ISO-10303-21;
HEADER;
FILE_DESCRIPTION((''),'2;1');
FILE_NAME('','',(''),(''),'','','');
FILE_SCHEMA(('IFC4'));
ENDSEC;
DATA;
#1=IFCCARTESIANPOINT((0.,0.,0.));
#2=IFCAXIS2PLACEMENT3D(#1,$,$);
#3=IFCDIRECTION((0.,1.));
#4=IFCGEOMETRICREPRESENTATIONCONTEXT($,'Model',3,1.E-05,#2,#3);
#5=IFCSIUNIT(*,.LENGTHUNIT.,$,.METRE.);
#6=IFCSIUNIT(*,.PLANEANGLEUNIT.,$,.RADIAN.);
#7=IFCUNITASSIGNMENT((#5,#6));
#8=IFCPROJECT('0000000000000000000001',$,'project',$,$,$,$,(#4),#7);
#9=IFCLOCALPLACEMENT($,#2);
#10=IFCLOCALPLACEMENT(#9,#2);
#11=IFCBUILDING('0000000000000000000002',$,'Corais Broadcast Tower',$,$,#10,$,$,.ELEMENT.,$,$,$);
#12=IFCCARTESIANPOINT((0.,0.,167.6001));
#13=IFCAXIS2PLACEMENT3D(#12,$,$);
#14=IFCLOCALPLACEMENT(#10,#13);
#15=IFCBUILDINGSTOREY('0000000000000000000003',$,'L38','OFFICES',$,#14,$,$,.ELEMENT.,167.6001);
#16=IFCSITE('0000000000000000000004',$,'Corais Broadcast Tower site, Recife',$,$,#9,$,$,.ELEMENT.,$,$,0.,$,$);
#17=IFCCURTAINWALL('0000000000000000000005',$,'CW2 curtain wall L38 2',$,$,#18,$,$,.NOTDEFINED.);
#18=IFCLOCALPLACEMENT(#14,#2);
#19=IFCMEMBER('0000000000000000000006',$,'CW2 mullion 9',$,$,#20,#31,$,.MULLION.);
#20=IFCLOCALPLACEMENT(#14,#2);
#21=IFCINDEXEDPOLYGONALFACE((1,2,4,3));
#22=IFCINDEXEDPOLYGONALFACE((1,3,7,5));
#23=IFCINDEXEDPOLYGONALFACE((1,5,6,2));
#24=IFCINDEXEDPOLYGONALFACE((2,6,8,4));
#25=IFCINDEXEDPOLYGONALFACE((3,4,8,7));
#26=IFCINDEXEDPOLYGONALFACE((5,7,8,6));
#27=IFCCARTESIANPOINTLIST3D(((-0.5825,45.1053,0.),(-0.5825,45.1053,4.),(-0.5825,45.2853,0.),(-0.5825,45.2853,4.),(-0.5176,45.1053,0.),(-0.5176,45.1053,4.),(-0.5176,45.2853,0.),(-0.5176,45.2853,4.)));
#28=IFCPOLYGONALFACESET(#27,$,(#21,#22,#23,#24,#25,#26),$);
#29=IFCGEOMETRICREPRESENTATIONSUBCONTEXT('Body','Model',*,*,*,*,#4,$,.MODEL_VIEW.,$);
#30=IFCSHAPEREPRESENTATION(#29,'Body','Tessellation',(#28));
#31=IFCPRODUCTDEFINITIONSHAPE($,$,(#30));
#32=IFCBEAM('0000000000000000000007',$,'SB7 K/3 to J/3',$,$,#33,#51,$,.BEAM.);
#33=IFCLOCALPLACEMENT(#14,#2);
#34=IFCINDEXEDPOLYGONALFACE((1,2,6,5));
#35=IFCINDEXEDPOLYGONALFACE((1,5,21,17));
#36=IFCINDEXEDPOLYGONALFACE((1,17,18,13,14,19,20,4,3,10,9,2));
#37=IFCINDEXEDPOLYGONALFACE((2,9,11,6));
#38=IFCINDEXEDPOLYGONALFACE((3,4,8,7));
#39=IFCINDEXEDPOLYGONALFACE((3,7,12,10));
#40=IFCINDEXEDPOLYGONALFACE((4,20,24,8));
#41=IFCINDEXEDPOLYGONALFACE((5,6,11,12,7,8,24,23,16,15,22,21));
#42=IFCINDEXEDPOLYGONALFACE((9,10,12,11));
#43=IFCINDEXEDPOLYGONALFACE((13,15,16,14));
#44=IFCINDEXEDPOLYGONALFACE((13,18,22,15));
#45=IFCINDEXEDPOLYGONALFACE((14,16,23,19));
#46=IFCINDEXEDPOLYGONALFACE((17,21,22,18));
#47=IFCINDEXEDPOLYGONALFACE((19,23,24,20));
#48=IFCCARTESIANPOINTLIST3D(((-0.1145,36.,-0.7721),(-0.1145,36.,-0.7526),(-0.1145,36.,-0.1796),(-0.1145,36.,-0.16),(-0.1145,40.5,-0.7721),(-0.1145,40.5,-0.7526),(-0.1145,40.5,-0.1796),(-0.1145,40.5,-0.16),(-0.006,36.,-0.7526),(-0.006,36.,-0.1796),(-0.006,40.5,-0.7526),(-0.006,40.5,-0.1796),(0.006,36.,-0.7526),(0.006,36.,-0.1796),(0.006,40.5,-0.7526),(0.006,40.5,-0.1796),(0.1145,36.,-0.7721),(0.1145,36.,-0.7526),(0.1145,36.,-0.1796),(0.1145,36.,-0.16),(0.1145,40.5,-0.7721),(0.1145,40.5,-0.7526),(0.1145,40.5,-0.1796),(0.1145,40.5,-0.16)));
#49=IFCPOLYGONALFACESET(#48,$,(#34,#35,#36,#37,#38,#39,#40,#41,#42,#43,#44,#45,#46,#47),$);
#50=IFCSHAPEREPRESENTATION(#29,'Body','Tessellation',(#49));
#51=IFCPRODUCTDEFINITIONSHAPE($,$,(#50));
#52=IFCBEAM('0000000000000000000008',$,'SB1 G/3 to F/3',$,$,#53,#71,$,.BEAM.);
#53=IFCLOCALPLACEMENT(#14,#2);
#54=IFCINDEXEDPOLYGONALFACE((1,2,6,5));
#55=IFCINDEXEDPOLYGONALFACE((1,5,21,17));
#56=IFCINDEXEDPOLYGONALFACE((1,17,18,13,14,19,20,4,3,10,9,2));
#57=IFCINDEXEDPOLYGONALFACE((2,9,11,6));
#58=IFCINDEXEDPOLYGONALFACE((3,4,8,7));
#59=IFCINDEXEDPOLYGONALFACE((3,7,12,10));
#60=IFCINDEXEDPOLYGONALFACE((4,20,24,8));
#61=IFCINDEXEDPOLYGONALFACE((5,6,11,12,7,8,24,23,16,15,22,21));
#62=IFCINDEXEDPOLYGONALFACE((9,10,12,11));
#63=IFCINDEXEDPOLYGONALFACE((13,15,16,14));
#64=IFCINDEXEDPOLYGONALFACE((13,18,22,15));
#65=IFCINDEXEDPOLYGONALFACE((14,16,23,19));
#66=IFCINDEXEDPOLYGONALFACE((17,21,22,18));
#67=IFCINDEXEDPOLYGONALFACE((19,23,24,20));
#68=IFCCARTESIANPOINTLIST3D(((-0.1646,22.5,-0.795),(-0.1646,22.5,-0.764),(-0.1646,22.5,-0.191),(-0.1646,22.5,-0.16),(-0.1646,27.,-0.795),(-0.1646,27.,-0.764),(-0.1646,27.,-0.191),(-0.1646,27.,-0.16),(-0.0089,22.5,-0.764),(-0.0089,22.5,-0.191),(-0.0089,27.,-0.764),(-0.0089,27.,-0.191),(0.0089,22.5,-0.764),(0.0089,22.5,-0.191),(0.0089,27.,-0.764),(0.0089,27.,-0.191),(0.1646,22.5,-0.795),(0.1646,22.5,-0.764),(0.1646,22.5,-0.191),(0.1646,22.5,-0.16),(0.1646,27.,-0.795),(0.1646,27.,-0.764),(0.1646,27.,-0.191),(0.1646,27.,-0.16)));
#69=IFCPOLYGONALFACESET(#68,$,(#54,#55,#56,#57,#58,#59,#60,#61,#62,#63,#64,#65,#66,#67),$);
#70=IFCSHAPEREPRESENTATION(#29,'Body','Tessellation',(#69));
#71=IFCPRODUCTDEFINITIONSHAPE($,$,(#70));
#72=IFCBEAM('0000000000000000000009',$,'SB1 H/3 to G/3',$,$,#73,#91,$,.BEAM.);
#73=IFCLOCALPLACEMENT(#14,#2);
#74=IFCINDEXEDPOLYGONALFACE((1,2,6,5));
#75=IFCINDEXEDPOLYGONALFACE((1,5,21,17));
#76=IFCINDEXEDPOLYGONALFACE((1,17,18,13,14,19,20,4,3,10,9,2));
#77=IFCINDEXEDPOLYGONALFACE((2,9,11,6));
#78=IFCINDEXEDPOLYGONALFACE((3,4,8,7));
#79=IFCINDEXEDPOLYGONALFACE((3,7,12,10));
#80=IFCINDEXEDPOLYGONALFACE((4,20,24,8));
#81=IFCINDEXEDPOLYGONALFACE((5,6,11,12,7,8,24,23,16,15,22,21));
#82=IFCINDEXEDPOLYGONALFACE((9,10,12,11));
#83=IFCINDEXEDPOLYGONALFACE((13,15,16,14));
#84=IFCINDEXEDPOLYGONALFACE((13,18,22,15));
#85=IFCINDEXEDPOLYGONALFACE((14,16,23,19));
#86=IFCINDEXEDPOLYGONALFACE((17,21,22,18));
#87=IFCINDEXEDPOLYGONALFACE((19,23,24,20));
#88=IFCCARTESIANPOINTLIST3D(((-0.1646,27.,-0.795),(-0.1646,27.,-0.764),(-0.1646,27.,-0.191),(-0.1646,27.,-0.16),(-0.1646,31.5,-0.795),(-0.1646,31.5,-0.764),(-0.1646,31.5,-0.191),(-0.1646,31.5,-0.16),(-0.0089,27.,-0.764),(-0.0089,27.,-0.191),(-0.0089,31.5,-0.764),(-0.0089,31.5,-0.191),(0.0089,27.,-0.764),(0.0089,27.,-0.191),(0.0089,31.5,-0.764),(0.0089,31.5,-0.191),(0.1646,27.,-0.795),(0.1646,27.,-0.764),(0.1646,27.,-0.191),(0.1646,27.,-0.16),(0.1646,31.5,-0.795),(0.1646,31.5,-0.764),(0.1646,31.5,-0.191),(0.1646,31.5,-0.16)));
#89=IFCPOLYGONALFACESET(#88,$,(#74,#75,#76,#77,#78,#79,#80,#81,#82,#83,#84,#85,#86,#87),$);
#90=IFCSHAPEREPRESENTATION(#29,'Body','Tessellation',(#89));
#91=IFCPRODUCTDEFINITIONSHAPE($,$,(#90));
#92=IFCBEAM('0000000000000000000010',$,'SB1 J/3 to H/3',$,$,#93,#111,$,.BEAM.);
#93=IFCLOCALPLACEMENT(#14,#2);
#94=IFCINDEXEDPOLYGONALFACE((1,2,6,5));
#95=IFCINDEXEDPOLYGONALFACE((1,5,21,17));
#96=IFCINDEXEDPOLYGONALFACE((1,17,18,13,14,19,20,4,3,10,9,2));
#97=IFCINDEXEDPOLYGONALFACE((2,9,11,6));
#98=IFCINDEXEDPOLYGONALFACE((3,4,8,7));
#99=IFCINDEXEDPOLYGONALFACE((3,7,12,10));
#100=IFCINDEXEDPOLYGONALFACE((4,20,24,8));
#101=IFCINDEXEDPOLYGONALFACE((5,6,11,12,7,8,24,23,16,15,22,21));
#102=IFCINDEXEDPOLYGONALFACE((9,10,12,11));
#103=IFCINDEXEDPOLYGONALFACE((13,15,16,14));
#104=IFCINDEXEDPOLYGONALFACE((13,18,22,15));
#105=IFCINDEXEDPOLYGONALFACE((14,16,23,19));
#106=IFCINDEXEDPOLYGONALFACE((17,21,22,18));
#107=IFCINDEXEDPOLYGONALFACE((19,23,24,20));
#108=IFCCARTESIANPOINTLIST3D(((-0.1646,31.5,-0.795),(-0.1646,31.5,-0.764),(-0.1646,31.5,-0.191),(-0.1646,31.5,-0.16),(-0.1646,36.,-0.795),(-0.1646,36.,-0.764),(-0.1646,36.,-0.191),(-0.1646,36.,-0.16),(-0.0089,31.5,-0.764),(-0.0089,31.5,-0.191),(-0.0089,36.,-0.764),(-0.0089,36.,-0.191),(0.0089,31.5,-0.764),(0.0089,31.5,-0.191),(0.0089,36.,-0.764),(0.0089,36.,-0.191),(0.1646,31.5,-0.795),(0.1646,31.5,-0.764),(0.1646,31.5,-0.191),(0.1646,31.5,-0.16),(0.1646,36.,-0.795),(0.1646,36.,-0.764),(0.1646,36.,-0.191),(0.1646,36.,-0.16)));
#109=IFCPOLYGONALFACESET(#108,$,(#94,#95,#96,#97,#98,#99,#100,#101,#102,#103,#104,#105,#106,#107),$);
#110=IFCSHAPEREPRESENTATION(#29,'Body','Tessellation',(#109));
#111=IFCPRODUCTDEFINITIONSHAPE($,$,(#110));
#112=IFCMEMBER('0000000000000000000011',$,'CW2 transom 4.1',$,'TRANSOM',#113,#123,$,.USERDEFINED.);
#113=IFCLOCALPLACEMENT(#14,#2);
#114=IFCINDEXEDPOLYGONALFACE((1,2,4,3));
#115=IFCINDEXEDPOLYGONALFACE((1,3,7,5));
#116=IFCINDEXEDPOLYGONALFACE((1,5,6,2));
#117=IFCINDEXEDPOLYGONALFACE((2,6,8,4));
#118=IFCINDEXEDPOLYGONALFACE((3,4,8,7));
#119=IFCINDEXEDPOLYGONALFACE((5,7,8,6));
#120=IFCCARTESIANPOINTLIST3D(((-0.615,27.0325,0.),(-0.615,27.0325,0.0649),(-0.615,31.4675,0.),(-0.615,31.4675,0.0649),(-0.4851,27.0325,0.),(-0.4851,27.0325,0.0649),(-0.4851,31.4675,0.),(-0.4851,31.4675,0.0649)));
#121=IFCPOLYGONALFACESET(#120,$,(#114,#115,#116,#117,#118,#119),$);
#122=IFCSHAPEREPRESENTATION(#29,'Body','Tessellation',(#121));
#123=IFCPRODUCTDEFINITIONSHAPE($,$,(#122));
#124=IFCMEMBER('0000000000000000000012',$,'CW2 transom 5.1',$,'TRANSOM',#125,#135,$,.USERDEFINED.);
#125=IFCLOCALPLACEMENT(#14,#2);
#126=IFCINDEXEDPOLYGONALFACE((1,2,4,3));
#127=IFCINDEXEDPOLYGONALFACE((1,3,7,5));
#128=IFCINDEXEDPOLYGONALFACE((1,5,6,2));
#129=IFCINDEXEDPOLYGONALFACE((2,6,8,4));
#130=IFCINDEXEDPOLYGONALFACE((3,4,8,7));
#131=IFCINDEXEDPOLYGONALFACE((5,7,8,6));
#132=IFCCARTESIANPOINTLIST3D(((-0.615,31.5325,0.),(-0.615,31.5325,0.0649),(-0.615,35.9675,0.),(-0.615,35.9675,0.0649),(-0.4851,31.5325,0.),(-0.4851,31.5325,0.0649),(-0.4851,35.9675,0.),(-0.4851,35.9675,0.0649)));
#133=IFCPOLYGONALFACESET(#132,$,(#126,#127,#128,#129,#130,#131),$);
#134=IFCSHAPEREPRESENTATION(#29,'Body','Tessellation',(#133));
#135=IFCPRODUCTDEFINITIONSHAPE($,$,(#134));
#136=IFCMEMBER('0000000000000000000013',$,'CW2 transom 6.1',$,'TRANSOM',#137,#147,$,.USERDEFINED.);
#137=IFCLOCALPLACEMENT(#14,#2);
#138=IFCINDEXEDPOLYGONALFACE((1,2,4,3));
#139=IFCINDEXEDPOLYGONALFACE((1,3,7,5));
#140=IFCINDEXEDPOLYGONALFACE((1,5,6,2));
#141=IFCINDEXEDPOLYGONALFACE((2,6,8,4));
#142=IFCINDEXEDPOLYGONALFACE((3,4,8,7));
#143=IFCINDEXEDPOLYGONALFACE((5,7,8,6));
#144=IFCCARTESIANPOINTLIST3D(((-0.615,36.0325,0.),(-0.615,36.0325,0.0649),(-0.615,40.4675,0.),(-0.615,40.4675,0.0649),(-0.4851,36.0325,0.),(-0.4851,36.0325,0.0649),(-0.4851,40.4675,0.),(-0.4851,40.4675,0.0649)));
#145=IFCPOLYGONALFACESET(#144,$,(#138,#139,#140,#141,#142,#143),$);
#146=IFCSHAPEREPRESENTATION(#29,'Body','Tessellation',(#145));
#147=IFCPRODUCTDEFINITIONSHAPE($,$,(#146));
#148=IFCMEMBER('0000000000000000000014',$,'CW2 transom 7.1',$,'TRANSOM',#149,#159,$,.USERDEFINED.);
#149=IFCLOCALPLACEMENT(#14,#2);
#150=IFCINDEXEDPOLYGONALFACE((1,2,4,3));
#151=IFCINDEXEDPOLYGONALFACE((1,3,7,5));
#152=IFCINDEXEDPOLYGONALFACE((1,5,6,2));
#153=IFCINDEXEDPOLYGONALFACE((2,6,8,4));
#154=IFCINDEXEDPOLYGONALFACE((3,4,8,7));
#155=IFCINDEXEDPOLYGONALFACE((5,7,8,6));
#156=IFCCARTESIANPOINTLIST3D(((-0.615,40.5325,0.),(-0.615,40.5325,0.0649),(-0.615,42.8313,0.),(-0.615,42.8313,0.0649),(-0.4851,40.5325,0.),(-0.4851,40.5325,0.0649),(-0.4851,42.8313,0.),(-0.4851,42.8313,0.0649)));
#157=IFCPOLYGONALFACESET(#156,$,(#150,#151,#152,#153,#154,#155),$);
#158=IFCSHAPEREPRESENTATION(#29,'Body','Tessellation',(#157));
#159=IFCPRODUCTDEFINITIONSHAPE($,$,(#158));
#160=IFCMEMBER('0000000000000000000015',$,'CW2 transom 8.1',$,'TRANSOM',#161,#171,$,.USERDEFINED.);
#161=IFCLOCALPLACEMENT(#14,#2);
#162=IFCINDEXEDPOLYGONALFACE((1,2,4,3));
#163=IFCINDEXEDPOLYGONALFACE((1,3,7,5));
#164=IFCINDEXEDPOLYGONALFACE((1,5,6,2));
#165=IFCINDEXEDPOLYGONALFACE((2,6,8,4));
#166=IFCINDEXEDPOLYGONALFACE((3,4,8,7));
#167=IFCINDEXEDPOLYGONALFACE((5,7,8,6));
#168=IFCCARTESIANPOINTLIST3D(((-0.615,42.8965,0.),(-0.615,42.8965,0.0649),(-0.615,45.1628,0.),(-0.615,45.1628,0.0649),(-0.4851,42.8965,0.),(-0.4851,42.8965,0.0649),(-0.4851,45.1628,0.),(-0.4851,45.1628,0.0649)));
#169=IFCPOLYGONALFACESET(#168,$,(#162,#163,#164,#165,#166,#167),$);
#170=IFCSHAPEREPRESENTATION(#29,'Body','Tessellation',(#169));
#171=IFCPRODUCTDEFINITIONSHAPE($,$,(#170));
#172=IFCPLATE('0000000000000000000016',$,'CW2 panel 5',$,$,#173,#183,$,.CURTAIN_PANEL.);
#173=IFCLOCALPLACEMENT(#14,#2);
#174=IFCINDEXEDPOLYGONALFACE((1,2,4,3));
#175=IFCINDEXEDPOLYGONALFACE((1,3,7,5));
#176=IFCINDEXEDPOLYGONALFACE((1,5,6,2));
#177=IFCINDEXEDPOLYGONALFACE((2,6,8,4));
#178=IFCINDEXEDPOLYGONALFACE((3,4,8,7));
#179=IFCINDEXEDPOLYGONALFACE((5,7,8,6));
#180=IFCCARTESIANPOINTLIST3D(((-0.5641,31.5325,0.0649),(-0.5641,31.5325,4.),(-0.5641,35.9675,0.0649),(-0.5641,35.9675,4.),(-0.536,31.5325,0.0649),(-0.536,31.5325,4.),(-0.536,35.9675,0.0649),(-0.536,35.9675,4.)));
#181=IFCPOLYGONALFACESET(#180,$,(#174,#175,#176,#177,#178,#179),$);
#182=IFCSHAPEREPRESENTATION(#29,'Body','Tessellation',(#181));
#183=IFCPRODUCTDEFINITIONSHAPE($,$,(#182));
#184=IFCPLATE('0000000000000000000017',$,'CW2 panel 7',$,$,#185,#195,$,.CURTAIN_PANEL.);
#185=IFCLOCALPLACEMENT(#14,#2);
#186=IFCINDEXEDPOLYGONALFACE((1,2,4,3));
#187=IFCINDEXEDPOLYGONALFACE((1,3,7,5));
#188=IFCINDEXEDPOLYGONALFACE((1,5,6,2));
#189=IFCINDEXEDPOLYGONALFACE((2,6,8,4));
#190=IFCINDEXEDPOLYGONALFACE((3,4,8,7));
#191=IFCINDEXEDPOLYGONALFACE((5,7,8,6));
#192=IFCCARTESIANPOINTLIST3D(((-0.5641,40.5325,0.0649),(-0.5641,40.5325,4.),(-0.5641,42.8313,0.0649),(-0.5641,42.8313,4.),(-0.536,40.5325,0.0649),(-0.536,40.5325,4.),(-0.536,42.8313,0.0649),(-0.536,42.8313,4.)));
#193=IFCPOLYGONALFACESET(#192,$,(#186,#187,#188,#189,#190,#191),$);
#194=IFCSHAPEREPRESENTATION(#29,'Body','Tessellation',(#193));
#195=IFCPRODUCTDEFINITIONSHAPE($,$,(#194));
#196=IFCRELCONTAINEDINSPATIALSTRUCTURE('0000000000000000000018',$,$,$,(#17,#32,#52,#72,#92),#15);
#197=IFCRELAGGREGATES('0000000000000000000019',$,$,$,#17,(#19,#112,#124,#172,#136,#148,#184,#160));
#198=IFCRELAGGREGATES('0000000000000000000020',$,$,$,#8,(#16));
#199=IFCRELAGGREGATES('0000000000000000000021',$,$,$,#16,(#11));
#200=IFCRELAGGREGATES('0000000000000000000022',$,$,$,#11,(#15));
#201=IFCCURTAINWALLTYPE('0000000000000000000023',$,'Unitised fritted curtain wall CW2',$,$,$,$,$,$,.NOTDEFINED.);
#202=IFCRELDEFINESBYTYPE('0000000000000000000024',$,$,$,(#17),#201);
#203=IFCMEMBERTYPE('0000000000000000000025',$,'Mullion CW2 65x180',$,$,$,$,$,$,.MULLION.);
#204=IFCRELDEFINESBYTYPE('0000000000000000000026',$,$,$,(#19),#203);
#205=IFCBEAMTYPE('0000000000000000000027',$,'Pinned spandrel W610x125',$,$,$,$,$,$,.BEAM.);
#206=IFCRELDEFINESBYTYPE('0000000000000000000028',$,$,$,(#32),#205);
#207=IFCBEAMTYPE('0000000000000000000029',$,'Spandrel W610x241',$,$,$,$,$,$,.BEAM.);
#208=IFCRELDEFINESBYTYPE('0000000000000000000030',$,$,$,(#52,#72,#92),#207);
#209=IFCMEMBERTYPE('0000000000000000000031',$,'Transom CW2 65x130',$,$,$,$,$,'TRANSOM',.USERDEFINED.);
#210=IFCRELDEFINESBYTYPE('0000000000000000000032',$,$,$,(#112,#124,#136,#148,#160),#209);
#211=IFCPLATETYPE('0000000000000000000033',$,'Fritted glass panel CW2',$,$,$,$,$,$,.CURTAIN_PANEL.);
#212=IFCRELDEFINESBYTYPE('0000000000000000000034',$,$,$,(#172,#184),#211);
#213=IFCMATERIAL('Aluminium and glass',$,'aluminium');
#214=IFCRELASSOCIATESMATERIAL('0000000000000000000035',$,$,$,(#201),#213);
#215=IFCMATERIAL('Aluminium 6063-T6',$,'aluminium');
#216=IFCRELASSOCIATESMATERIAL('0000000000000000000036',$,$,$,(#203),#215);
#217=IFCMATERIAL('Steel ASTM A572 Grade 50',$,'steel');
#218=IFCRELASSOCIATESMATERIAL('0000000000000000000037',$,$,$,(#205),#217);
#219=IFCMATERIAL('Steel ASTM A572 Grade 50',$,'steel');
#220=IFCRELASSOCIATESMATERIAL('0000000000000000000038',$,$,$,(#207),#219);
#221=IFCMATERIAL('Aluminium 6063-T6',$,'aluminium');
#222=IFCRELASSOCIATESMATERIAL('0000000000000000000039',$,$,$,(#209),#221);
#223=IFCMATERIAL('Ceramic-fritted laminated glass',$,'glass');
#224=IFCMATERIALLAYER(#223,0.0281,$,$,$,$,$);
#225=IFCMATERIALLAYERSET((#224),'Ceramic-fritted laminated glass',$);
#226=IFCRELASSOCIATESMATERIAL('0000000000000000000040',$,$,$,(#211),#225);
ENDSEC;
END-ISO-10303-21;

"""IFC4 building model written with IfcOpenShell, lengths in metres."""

from ifc_helpers import new_model, si_unit, direction, frame, origin, origin_2d, place, context, subcontext, project, spatial, rectangle, i_section, extrude, material, layer, layer_set, material_profile, profile_set, type_object, element, aggregate, save


model = new_model("IFC4")

# Units and contexts
model_context = context("Model", 3, precision=1e-05, world=origin(), true_north=direction((0.0, 1.0)))
body_context = subcontext(model_context, "Body", "Model", "MODEL_VIEW")
ifc_project = project(units=[si_unit("LENGTHUNIT", "METRE"), si_unit("PLANEANGLEUNIT", "RADIAN")], contexts=[model_context])

# Site, building, storey
site_placement = place(None, origin())
site = spatial("IfcSite", under=ifc_project, at=site_placement, Name="Corais Broadcast Tower site, Recife", CompositionType="ELEMENT", RefElevation=0.0)
building_placement = place(site_placement, origin())
building = spatial("IfcBuilding", under=site, at=building_placement, Name="Corais Broadcast Tower", CompositionType="ELEMENT")
storey_placement = place(building_placement, frame((0.0, 0.0, 167.6001)))
storey = spatial("IfcBuildingStorey", under=building, at=storey_placement, Name="L38", Description="OFFICES", CompositionType="ELEMENT", Elevation=167.6001)

# Curtain wall, member
ifc_material_1 = material(Name="Aluminium and glass", Category="aluminium")
curtain_wall_type = type_object("IfcCurtainWallType", Name="Unitised fritted curtain wall CW2", PredefinedType="NOTDEFINED", material=ifc_material_1)
curtain_wall_placement = place(storey_placement, origin())
curtain_wall = element("IfcCurtainWall", 1, at=curtain_wall_placement, inside=storey, type_object=curtain_wall_type, Name="CW2 curtain wall L38 2", PredefinedType="NOTDEFINED")
ifc_material_2 = material(Name="Aluminium 6063-T6", Category="aluminium")
ifc_material_profile_1 = material_profile(ifc_material_2, rectangle(XDim=0.0649, YDim=0.1799, at=origin_2d()), Name="Mullion CW2 65x180")
ifc_profile_set_1 = profile_set([ifc_material_profile_1], Name="Aluminium 6063-T6")
member_type_1 = type_object("IfcMemberType", Name="Mullion CW2 65x180", PredefinedType="MULLION", material=ifc_profile_set_1)
member_1_placement = place(storey_placement, frame((-0.55, 45.1953, 0.0), z_axis=(0.0, 0.0, 1.0), x_axis=(-1.0, 0.0, 0.0)))
member_1 = element("IfcMember", 2, at=member_1_placement, type_object=member_type_1, Name="CW2 mullion 9", PredefinedType="MULLION", context=body_context, shape_type="SweptSolid", body=[
    extrude(rectangle(XDim=0.0649, YDim=0.1799, at=origin_2d()), origin(), (0.0, 0.0, 1.0), 4.0),
])

# Beams
ifc_material_3 = material(Name="Steel ASTM A572 Grade 50", Category="steel")
ifc_material_profile_2 = material_profile(ifc_material_3, i_section(OverallWidth=0.229, OverallDepth=0.6121, WebThickness=0.012, FlangeThickness=0.0195, at=origin_2d()), Name="W610x125")
ifc_profile_set_2 = profile_set([ifc_material_profile_2], Name="Steel ASTM A572 Grade 50")
beam_type_1 = type_object("IfcBeamType", Name="Pinned spandrel W610x125", PredefinedType="BEAM", material=ifc_profile_set_2)
beam_placement = place(storey_placement, frame((0.0, 40.5, -0.4661), z_axis=(0.0, -1.0, 0.0), x_axis=(1.0, 0.0, 0.0)))
element("IfcBeam", 3, at=beam_placement, inside=storey, type_object=beam_type_1, Name="SB7 K/3 to J/3", PredefinedType="BEAM", context=body_context, shape_type="SweptSolid", body=[
    extrude(i_section(OverallWidth=0.229, OverallDepth=0.6121, WebThickness=0.012, FlangeThickness=0.0195, at=origin_2d()), origin(), (0.0, 0.0, 1.0), 4.5),
])
ifc_material_4 = material(Name="Steel ASTM A572 Grade 50", Category="steel")
ifc_material_profile_3 = material_profile(ifc_material_4, i_section(OverallWidth=0.3291, OverallDepth=0.635, WebThickness=0.0178, FlangeThickness=0.031, at=origin_2d()), Name="W610x241")
ifc_profile_set_3 = profile_set([ifc_material_profile_3], Name="Steel ASTM A572 Grade 50")
beam_type_2 = type_object("IfcBeamType", Name="Spandrel W610x241", PredefinedType="BEAM", material=ifc_profile_set_3)
for number, where, z_axis, x_axis, name in (
    (4, (0.0, 27.0, -0.4775), (0.0, -1.0, 0.0), (1.0, 0.0, 0.0), "SB1 G/3 to F/3"),
    (5, (0.0, 31.5, -0.4775), (0.0, -1.0, 0.0), (1.0, 0.0, 0.0), "SB1 H/3 to G/3"),
    (6, (0.0, 36.0, -0.4775), (0.0, -1.0, 0.0), (1.0, 0.0, 0.0), "SB1 J/3 to H/3"),
):
    element("IfcBeam", number, at=place(storey_placement, frame(where, z_axis=z_axis, x_axis=x_axis)), inside=storey, type_object=beam_type_2, Name=name, PredefinedType="BEAM", context=body_context, shape_type="SweptSolid", body=[
        extrude(i_section(OverallWidth=0.3291, OverallDepth=0.635, WebThickness=0.0178, FlangeThickness=0.031, at=origin_2d()), origin(), (0.0, 0.0, 1.0), 4.5),
    ])

# Members
ifc_material_5 = material(Name="Aluminium 6063-T6", Category="aluminium")
ifc_material_profile_4 = material_profile(ifc_material_5, rectangle(XDim=0.1299, YDim=0.0649, at=origin_2d()), Name="Transom CW2 65x130")
ifc_profile_set_4 = profile_set([ifc_material_profile_4], Name="Aluminium 6063-T6")
member_type_2 = type_object("IfcMemberType", Name="Transom CW2 65x130", ElementType="TRANSOM", PredefinedType="USERDEFINED", material=ifc_profile_set_4)
member_2_placement = place(storey_placement, frame((-0.55, 27.0325, 0.0325), z_axis=(0.0, 1.0, 0.0), x_axis=(-1.0, 0.0, 0.0)))
member_2 = element("IfcMember", 7, at=member_2_placement, type_object=member_type_2, Name="CW2 transom 4.1", ObjectType="TRANSOM", PredefinedType="USERDEFINED", context=body_context, shape_type="SweptSolid", body=[
    extrude(rectangle(XDim=0.1299, YDim=0.0649, at=origin_2d()), origin(), (0.0, 0.0, 1.0), 4.4351),
])
member_3_placement = place(storey_placement, frame((-0.55, 31.5325, 0.0325), z_axis=(0.0, 1.0, 0.0), x_axis=(-1.0, 0.0, 0.0)))
member_3 = element("IfcMember", 8, at=member_3_placement, type_object=member_type_2, Name="CW2 transom 5.1", ObjectType="TRANSOM", PredefinedType="USERDEFINED", context=body_context, shape_type="SweptSolid", body=[
    extrude(rectangle(XDim=0.1299, YDim=0.0649, at=origin_2d()), origin(), (0.0, 0.0, 1.0), 4.4351),
])
member_4_placement = place(storey_placement, frame((-0.55, 36.0325, 0.0325), z_axis=(0.0, 1.0, 0.0), x_axis=(-1.0, 0.0, 0.0)))
member_4 = element("IfcMember", 9, at=member_4_placement, type_object=member_type_2, Name="CW2 transom 6.1", ObjectType="TRANSOM", PredefinedType="USERDEFINED", context=body_context, shape_type="SweptSolid", body=[
    extrude(rectangle(XDim=0.1299, YDim=0.0649, at=origin_2d()), origin(), (0.0, 0.0, 1.0), 4.4351),
])
member_5_placement = place(storey_placement, frame((-0.55, 40.5325, 0.0325), z_axis=(0.0, 1.0, 0.0), x_axis=(-1.0, 0.0, 0.0)))
member_5 = element("IfcMember", 10, at=member_5_placement, type_object=member_type_2, Name="CW2 transom 7.1", ObjectType="TRANSOM", PredefinedType="USERDEFINED", context=body_context, shape_type="SweptSolid", body=[
    extrude(rectangle(XDim=0.1299, YDim=0.0649, at=origin_2d()), origin(), (0.0, 0.0, 1.0), 2.2988),
])
member_6_placement = place(storey_placement, frame((-0.55, 42.8965, 0.0325), z_axis=(0.0, 1.0, 0.0), x_axis=(-1.0, 0.0, 0.0)))
member_6 = element("IfcMember", 11, at=member_6_placement, type_object=member_type_2, Name="CW2 transom 8.1", ObjectType="TRANSOM", PredefinedType="USERDEFINED", context=body_context, shape_type="SweptSolid", body=[
    extrude(rectangle(XDim=0.1299, YDim=0.0649, at=origin_2d()), origin(), (0.0, 0.0, 1.0), 2.2664),
])

# Plates
ifc_material_6 = material(Name="Ceramic-fritted laminated glass", Category="glass")
ifc_layer_1 = layer(ifc_material_6, 0.0281)
ifc_layer_set_1 = layer_set([ifc_layer_1], Name="Ceramic-fritted laminated glass")
plate_type_1 = type_object("IfcPlateType", Name="Fritted glass panel CW2", PredefinedType="CURTAIN_PANEL", material=ifc_layer_set_1)
plate_1_placement = place(storey_placement, frame((-0.55, 33.75, 0.0649), z_axis=(0.0, 0.0, 1.0), x_axis=(0.0, 1.0, 0.0)))
plate_1 = element("IfcPlate", 12, at=plate_1_placement, type_object=plate_type_1, Name="CW2 panel 5", PredefinedType="CURTAIN_PANEL", context=body_context, shape_type="SweptSolid", body=[
    extrude(rectangle(XDim=4.4351, YDim=0.0281, at=origin_2d()), origin(), (0.0, 0.0, 1.0), 3.9351),
])
plate_2_placement = place(storey_placement, frame((-0.55, 41.6819, 0.0649), z_axis=(0.0, 0.0, 1.0), x_axis=(0.0, 1.0, 0.0)))
plate_2 = element("IfcPlate", 13, at=plate_2_placement, type_object=plate_type_1, Name="CW2 panel 7", PredefinedType="CURTAIN_PANEL", context=body_context, shape_type="SweptSolid", body=[
    extrude(rectangle(XDim=2.2988, YDim=0.0281, at=origin_2d()), origin(), (0.0, 0.0, 1.0), 3.9351),
])
aggregate(curtain_wall, [member_1, member_2, member_3, plate_1, member_4, member_5, plate_2, member_6])

save(model, "model.ifc")
